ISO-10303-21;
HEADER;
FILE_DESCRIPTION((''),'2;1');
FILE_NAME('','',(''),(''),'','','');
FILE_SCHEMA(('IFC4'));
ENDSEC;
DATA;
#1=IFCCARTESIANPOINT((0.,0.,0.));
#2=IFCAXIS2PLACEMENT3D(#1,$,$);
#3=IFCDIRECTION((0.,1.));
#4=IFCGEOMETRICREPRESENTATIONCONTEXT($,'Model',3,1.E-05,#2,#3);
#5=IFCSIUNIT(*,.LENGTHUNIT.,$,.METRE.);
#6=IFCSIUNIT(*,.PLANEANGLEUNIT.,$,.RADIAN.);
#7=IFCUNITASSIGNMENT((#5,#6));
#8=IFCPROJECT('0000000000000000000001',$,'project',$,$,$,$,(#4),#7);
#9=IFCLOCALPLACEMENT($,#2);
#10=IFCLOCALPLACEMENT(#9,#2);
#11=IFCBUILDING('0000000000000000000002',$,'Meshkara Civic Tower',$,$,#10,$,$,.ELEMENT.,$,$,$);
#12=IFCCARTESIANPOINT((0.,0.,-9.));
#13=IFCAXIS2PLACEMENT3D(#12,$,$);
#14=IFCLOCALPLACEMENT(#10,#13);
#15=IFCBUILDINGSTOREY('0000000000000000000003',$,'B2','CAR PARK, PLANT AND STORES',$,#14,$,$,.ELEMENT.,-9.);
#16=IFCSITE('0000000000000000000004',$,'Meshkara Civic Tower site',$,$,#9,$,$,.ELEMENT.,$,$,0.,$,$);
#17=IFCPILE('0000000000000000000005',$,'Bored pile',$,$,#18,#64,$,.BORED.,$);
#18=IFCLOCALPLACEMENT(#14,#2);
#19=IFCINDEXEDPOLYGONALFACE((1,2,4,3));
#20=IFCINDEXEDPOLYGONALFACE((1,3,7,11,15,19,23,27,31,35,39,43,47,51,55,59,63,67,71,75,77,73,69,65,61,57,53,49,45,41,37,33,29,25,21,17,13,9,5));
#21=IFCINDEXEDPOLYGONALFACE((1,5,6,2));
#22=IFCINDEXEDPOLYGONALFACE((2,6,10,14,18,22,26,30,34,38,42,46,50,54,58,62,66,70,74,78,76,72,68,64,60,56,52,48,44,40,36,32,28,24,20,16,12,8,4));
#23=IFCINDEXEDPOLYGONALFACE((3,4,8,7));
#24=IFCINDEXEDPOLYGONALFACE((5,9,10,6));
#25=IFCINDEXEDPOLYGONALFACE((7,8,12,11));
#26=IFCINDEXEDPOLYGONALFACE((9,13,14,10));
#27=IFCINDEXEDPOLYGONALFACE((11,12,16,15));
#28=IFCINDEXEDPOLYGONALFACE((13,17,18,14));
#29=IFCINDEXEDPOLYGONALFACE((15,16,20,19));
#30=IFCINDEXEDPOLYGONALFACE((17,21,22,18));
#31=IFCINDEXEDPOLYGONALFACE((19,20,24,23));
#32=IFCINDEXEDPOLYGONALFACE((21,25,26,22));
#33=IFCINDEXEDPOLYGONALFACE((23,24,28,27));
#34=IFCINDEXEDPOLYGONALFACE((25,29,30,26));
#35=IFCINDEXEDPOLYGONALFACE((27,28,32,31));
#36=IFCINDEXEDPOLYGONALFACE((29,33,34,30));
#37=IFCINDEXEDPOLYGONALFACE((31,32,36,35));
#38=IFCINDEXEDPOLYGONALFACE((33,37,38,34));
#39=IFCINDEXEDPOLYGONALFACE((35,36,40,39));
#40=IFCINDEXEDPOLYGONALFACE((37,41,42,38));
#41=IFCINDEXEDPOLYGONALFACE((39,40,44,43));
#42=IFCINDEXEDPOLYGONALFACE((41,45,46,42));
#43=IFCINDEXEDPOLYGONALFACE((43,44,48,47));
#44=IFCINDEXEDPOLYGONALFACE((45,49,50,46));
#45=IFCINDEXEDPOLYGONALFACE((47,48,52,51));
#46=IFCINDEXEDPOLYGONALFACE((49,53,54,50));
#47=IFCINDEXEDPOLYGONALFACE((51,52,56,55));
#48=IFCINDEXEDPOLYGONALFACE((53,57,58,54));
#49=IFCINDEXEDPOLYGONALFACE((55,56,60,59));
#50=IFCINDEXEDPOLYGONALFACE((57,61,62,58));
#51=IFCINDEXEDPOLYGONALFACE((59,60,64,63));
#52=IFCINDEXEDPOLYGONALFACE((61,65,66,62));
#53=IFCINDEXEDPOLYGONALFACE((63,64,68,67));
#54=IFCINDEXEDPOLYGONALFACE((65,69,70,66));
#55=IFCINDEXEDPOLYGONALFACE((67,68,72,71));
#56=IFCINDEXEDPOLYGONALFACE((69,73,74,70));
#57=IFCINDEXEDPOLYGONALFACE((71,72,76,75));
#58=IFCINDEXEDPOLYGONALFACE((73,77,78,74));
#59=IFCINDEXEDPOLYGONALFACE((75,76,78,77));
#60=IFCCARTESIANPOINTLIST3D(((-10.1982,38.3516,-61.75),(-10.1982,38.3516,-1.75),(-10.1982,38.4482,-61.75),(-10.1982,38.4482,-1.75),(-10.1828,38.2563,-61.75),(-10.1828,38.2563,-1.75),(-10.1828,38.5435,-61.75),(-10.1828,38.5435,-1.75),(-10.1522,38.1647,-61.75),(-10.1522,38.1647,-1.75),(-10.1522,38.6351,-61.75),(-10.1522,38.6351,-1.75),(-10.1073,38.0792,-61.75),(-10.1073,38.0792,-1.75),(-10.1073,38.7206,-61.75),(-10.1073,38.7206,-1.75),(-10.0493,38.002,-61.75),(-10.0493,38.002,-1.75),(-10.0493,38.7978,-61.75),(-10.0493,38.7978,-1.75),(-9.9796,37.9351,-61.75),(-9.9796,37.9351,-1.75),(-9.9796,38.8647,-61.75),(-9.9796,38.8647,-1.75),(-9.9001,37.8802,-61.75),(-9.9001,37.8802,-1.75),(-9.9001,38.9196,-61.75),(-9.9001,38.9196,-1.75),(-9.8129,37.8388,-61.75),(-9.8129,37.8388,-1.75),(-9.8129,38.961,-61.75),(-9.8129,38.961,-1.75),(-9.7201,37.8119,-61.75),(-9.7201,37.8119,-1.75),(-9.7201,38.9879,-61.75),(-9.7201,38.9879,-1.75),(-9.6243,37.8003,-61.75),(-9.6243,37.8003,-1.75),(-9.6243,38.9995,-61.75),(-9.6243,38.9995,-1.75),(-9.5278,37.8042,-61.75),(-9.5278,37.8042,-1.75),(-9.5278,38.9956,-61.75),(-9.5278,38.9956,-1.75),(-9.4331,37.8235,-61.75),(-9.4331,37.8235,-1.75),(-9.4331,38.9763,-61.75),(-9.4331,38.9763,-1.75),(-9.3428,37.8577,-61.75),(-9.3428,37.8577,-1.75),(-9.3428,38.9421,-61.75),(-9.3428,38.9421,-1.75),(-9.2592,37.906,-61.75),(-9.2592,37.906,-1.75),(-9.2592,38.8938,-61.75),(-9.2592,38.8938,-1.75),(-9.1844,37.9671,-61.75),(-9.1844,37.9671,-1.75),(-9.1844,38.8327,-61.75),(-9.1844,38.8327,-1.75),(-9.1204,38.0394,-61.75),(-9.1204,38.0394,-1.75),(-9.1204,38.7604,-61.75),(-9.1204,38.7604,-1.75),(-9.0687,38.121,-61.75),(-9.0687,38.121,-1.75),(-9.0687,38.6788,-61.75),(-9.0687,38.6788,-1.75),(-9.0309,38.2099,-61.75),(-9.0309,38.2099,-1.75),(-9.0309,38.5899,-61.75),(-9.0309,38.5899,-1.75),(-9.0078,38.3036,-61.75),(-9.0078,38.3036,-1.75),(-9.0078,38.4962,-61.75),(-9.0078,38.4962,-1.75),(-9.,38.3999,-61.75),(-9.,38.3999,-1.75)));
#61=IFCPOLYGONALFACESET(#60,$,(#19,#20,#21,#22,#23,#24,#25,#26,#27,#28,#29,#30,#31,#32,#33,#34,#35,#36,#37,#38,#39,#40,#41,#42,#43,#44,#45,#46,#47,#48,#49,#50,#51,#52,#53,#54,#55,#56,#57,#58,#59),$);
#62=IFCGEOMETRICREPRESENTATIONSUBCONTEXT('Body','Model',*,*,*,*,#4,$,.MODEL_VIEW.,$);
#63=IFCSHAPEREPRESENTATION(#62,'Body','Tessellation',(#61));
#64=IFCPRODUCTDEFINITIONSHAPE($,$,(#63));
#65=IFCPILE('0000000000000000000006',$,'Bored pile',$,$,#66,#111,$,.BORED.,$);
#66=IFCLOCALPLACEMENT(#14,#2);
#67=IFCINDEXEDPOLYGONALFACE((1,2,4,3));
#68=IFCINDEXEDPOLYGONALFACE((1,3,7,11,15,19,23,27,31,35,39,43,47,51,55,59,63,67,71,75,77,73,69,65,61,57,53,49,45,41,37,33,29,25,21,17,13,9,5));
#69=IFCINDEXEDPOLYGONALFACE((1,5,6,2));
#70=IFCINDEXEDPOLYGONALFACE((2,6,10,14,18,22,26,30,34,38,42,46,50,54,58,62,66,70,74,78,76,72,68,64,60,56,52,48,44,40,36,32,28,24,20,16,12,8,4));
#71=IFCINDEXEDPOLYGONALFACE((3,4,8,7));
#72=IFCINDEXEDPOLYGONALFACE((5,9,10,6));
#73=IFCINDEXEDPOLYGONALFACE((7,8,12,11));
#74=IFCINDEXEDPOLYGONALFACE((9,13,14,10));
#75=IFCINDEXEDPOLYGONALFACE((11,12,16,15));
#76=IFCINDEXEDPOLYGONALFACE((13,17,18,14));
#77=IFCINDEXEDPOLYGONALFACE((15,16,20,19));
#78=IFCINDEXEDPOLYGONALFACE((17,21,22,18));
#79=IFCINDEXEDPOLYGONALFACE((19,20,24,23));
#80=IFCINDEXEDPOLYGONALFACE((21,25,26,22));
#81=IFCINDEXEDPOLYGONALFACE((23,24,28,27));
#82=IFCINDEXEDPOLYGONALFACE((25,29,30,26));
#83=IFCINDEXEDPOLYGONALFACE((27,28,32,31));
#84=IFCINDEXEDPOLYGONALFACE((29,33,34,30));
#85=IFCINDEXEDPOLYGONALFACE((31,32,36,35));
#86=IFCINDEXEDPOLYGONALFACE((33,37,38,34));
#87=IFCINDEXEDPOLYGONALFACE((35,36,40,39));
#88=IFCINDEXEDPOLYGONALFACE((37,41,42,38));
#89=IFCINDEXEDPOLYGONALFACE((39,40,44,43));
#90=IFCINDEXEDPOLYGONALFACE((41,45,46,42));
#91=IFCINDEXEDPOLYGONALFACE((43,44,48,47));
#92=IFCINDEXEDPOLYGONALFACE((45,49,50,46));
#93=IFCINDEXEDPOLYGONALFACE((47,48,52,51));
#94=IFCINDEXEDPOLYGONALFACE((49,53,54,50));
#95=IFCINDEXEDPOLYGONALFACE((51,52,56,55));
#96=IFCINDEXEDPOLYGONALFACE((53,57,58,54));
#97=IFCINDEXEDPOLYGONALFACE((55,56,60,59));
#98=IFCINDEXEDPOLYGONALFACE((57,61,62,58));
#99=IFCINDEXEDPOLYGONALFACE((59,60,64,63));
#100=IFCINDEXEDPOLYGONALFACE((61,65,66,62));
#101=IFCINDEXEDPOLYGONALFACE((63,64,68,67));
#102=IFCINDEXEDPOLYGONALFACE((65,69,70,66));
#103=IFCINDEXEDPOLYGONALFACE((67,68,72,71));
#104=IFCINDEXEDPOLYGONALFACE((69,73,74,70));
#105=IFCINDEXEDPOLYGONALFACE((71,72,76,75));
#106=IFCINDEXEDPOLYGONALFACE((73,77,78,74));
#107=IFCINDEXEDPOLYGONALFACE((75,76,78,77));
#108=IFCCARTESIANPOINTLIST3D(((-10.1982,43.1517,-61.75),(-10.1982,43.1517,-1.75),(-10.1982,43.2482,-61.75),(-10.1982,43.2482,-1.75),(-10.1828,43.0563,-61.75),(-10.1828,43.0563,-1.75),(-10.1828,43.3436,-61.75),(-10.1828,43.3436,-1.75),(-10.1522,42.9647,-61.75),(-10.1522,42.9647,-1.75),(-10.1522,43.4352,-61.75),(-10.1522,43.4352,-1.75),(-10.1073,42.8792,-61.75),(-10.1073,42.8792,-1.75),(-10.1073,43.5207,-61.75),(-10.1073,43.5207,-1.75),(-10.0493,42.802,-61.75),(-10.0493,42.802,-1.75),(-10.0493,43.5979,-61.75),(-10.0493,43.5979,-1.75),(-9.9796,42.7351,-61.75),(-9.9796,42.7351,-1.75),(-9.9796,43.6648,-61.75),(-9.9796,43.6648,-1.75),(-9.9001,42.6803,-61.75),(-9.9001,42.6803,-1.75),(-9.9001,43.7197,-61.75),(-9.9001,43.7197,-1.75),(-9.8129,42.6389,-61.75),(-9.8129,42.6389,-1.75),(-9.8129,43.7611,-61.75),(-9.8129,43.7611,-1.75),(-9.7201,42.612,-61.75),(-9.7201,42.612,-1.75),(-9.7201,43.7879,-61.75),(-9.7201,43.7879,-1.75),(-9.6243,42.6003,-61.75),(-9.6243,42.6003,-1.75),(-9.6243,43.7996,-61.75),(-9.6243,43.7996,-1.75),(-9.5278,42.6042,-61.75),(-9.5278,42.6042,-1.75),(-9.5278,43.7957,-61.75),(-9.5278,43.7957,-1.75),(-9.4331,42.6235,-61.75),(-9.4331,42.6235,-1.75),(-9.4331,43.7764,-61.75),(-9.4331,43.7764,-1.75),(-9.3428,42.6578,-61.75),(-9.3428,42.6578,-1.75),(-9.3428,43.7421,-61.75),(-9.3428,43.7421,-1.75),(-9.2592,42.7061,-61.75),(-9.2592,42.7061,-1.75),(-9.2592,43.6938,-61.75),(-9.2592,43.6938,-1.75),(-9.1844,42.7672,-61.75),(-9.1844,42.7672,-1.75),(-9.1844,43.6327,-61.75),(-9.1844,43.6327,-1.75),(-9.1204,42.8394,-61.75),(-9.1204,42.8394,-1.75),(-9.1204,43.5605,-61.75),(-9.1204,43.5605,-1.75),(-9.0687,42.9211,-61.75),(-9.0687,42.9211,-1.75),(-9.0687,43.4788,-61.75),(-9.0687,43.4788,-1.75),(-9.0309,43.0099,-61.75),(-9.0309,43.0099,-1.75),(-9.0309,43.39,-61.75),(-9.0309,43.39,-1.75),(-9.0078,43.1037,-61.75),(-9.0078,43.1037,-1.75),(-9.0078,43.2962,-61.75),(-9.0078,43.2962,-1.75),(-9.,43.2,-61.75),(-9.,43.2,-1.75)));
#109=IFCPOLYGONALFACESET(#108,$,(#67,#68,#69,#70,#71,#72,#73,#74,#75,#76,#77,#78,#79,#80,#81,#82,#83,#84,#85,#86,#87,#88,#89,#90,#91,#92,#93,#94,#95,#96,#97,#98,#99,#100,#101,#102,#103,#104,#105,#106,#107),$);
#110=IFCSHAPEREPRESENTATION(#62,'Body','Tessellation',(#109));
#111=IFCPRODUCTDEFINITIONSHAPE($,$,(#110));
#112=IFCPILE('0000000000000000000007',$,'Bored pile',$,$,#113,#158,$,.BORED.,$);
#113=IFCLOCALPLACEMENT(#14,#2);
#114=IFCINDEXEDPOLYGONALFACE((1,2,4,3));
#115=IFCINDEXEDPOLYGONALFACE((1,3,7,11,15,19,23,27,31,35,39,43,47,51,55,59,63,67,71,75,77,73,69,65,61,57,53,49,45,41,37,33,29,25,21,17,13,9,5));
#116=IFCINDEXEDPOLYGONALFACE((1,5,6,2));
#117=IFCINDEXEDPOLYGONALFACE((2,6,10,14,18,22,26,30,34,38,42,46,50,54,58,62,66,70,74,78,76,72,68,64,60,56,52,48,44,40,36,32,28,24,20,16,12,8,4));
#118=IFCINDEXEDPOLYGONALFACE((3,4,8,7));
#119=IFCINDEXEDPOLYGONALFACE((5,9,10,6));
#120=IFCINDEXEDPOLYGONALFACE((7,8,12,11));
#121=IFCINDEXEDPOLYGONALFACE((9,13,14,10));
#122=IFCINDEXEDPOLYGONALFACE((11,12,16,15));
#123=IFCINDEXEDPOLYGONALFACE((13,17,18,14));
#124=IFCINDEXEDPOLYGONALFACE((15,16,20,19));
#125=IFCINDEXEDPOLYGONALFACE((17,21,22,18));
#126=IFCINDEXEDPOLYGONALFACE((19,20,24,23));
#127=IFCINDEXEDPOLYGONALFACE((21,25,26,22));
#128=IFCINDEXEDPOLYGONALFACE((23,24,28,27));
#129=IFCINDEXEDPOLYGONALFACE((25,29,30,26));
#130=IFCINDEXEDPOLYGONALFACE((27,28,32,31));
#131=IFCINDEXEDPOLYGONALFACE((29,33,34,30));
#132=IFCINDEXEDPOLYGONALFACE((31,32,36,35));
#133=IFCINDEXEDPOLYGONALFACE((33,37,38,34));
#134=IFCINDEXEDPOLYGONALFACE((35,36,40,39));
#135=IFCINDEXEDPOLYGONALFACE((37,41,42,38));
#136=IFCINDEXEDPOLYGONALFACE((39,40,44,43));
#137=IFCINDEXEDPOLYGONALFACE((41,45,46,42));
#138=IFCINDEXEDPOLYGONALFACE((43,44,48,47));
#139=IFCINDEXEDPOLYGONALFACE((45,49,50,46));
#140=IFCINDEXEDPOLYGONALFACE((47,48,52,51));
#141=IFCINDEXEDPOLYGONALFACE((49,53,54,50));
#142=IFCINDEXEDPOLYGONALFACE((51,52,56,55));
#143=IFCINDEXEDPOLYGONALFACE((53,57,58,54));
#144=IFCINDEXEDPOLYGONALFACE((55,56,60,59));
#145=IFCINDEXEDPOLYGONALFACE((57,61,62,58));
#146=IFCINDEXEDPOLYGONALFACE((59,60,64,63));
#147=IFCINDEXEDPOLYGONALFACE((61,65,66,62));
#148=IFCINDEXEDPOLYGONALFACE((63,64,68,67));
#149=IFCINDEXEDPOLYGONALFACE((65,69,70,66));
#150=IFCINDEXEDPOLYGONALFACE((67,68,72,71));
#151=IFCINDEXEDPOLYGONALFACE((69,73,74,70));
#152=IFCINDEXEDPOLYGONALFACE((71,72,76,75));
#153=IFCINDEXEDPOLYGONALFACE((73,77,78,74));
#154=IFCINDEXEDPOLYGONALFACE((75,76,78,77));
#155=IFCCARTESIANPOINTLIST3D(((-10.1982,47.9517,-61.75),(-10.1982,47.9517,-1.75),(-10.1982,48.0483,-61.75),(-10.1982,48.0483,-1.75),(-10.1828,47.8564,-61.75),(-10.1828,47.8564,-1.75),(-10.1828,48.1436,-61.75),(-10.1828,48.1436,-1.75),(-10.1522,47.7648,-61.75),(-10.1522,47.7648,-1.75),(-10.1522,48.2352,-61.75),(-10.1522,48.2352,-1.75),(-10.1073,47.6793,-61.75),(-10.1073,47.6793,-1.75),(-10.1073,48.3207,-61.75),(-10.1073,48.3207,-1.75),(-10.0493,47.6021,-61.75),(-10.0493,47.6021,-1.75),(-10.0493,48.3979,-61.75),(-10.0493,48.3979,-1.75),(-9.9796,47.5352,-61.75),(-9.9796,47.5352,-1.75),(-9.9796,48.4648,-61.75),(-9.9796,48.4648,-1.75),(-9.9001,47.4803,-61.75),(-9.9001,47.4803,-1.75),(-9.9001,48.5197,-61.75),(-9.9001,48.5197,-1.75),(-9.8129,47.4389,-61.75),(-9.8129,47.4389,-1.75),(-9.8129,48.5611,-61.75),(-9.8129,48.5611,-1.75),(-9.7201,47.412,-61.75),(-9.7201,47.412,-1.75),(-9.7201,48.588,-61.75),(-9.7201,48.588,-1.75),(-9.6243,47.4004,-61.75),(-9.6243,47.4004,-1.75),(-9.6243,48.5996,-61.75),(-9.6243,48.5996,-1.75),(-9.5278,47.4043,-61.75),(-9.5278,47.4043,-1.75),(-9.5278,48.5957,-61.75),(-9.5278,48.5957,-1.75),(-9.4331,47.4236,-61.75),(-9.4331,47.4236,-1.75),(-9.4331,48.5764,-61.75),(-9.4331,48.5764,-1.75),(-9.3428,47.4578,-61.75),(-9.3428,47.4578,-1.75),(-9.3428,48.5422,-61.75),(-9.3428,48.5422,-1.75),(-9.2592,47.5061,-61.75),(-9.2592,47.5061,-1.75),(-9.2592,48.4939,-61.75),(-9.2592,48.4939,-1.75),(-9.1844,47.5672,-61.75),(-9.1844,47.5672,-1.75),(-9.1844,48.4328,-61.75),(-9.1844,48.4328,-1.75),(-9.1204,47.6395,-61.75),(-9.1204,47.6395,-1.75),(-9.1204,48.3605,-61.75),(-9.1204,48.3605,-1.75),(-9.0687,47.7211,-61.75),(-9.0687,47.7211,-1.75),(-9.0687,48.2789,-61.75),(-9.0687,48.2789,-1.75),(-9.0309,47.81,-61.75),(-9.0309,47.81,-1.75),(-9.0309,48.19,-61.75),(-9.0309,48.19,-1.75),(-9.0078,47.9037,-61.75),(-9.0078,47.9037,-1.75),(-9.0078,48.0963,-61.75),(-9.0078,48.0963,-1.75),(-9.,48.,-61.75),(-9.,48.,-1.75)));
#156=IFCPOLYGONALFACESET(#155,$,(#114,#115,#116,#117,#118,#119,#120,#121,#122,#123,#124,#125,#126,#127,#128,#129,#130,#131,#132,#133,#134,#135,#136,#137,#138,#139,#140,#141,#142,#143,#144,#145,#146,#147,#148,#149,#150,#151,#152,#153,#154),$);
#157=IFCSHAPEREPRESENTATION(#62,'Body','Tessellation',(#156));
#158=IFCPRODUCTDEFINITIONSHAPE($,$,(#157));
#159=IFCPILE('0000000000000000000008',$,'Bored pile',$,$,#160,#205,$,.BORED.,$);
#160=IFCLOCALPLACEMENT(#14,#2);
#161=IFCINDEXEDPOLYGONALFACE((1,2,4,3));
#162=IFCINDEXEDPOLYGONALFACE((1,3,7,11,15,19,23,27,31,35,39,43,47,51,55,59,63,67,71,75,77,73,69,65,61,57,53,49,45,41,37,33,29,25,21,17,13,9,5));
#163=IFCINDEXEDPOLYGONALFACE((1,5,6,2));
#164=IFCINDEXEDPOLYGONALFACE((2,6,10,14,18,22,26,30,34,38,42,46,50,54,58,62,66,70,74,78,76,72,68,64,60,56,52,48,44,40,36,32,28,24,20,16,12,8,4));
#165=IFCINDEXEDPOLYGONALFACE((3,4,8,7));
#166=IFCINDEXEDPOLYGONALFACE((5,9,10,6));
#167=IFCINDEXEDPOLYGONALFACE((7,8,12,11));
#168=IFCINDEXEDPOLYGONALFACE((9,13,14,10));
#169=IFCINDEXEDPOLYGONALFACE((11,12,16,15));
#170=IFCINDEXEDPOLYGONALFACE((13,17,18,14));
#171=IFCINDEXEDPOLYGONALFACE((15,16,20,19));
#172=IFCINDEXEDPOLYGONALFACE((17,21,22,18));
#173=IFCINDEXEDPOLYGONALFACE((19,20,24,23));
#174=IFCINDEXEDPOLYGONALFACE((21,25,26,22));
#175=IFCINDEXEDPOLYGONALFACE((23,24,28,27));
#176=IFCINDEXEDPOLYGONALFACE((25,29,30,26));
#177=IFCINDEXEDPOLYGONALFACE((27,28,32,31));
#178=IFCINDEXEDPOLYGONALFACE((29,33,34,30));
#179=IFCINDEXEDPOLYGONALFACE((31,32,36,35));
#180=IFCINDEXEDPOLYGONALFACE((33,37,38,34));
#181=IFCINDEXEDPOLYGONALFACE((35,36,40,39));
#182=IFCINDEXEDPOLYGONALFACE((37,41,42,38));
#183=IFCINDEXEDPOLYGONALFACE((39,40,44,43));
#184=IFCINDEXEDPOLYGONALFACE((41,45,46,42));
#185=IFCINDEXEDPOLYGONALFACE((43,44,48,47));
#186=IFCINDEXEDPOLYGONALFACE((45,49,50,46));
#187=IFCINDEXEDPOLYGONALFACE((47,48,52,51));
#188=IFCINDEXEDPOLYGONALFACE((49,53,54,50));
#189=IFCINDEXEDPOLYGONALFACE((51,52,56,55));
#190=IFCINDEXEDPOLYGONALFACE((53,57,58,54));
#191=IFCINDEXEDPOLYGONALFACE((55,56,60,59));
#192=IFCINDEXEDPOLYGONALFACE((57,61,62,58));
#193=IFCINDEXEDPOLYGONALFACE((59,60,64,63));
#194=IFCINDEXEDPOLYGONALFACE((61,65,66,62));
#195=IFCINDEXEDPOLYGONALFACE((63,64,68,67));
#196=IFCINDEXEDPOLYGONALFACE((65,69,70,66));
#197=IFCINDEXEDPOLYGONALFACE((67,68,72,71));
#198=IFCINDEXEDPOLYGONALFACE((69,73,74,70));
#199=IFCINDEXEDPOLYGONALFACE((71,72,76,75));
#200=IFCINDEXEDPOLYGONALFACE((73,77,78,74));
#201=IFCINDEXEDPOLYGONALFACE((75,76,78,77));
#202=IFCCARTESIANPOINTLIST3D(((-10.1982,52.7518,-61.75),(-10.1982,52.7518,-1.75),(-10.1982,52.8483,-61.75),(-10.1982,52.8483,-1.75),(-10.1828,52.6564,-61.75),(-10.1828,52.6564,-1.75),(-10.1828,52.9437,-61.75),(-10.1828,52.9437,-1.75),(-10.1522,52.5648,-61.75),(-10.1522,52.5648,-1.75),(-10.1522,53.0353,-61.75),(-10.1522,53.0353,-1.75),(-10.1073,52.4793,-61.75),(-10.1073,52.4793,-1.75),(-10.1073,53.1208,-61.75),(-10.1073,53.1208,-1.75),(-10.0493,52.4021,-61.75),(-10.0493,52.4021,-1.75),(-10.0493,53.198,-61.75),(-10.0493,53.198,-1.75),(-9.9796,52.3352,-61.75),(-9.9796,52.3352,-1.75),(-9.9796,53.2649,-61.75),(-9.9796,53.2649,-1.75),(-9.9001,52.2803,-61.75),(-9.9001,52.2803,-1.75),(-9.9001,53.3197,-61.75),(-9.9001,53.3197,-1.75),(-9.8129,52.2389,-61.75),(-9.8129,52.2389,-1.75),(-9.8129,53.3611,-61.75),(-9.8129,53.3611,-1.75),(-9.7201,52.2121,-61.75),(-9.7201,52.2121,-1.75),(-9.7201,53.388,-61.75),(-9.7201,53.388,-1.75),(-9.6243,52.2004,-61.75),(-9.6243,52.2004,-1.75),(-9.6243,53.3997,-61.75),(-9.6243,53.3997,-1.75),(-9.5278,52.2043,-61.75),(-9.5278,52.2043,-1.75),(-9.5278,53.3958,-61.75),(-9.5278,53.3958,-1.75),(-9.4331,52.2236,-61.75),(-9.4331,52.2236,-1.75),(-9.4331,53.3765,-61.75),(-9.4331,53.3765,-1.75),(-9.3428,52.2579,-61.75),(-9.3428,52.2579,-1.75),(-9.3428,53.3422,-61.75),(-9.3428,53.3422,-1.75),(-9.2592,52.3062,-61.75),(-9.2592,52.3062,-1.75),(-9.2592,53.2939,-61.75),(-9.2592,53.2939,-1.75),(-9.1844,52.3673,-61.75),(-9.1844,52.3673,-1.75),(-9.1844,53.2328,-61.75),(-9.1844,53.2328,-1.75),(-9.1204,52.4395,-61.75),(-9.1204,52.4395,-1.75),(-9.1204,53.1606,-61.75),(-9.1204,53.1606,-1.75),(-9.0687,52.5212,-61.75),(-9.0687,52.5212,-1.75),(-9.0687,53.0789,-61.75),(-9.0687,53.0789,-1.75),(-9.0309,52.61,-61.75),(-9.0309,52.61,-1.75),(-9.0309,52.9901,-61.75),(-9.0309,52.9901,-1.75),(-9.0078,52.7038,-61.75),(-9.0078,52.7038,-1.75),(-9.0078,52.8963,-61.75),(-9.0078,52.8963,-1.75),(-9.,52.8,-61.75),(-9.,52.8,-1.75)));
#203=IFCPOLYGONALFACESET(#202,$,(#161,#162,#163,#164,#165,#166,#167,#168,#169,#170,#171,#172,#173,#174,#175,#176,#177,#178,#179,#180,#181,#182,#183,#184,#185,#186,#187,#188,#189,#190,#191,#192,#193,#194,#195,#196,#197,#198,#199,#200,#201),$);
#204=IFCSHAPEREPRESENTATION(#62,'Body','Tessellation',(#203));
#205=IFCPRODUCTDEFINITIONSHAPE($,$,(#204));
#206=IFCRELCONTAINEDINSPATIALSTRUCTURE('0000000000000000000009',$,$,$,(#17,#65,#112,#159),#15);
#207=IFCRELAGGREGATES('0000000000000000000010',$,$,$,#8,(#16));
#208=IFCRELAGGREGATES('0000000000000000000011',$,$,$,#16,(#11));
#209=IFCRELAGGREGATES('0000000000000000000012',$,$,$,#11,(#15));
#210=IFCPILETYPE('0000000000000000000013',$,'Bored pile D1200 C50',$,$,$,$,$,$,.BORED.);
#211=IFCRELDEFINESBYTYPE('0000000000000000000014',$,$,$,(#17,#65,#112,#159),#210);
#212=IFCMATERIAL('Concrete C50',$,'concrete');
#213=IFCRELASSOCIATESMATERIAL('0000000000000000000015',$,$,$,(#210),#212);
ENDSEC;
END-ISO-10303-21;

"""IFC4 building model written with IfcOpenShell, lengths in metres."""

from ifc_helpers import new_model, si_unit, direction, frame, origin, origin_2d, place, context, subcontext, project, spatial, circle, extrude, material, material_profile, profile_set, type_object, element, save


model = new_model("IFC4")

# Units and contexts
model_context = context("Model", 3, precision=1e-05, world=origin(), true_north=direction((0.0, 1.0)))
body_context = subcontext(model_context, "Body", "Model", "MODEL_VIEW")
ifc_project = project(units=[si_unit("LENGTHUNIT", "METRE"), si_unit("PLANEANGLEUNIT", "RADIAN")], contexts=[model_context])

# Site, building, storey
site_placement = place(None, origin())
site = spatial("IfcSite", under=ifc_project, at=site_placement, Name="Meshkara Civic Tower site", CompositionType="ELEMENT", RefElevation=0.0)
building_placement = place(site_placement, origin())
building = spatial("IfcBuilding", under=site, at=building_placement, Name="Meshkara Civic Tower", CompositionType="ELEMENT")
storey_placement = place(building_placement, frame((0.0, 0.0, -9.0)))
storey = spatial("IfcBuildingStorey", under=building, at=storey_placement, Name="B2", Description="CAR PARK, PLANT AND STORES", CompositionType="ELEMENT", Elevation=-9.0)

# Piles
ifc_material_1 = material(Name="Concrete C50", Category="concrete")
ifc_material_profile_1 = material_profile(ifc_material_1, circle(Radius=0.6001, at=origin_2d()))
ifc_profile_set_1 = profile_set([ifc_material_profile_1], Name="Concrete C50")
pile_type = type_object("IfcPileType", Name="Bored pile D1200 C50", PredefinedType="BORED", material=ifc_profile_set_1)
for number, where, z_axis, x_axis, name in (
    (1, (-9.6001, 38.3999, -1.75), (0.0, 0.0, -1.0), (1.0, 0.0, 0.0), "Bored pile"),
    (2, (-9.6001, 43.2, -1.75), (0.0, 0.0, -1.0), (1.0, 0.0, 0.0), "Bored pile"),
    (3, (-9.6001, 48.0, -1.75), (0.0, 0.0, -1.0), (1.0, 0.0, 0.0), "Bored pile"),
    (4, (-9.6001, 52.8, -1.75), (0.0, 0.0, -1.0), (1.0, 0.0, 0.0), "Bored pile"),
):
    element("IfcPile", number, at=place(storey_placement, frame(where, z_axis=z_axis, x_axis=x_axis)), inside=storey, type_object=pile_type, Name=name, PredefinedType="BORED", context=body_context, shape_type="SweptSolid", body=[
        extrude(circle(Radius=0.6001, at=origin_2d()), origin(), (0.0, 0.0, 1.0), 60.0),
    ])

save(model, "model.ifc")
